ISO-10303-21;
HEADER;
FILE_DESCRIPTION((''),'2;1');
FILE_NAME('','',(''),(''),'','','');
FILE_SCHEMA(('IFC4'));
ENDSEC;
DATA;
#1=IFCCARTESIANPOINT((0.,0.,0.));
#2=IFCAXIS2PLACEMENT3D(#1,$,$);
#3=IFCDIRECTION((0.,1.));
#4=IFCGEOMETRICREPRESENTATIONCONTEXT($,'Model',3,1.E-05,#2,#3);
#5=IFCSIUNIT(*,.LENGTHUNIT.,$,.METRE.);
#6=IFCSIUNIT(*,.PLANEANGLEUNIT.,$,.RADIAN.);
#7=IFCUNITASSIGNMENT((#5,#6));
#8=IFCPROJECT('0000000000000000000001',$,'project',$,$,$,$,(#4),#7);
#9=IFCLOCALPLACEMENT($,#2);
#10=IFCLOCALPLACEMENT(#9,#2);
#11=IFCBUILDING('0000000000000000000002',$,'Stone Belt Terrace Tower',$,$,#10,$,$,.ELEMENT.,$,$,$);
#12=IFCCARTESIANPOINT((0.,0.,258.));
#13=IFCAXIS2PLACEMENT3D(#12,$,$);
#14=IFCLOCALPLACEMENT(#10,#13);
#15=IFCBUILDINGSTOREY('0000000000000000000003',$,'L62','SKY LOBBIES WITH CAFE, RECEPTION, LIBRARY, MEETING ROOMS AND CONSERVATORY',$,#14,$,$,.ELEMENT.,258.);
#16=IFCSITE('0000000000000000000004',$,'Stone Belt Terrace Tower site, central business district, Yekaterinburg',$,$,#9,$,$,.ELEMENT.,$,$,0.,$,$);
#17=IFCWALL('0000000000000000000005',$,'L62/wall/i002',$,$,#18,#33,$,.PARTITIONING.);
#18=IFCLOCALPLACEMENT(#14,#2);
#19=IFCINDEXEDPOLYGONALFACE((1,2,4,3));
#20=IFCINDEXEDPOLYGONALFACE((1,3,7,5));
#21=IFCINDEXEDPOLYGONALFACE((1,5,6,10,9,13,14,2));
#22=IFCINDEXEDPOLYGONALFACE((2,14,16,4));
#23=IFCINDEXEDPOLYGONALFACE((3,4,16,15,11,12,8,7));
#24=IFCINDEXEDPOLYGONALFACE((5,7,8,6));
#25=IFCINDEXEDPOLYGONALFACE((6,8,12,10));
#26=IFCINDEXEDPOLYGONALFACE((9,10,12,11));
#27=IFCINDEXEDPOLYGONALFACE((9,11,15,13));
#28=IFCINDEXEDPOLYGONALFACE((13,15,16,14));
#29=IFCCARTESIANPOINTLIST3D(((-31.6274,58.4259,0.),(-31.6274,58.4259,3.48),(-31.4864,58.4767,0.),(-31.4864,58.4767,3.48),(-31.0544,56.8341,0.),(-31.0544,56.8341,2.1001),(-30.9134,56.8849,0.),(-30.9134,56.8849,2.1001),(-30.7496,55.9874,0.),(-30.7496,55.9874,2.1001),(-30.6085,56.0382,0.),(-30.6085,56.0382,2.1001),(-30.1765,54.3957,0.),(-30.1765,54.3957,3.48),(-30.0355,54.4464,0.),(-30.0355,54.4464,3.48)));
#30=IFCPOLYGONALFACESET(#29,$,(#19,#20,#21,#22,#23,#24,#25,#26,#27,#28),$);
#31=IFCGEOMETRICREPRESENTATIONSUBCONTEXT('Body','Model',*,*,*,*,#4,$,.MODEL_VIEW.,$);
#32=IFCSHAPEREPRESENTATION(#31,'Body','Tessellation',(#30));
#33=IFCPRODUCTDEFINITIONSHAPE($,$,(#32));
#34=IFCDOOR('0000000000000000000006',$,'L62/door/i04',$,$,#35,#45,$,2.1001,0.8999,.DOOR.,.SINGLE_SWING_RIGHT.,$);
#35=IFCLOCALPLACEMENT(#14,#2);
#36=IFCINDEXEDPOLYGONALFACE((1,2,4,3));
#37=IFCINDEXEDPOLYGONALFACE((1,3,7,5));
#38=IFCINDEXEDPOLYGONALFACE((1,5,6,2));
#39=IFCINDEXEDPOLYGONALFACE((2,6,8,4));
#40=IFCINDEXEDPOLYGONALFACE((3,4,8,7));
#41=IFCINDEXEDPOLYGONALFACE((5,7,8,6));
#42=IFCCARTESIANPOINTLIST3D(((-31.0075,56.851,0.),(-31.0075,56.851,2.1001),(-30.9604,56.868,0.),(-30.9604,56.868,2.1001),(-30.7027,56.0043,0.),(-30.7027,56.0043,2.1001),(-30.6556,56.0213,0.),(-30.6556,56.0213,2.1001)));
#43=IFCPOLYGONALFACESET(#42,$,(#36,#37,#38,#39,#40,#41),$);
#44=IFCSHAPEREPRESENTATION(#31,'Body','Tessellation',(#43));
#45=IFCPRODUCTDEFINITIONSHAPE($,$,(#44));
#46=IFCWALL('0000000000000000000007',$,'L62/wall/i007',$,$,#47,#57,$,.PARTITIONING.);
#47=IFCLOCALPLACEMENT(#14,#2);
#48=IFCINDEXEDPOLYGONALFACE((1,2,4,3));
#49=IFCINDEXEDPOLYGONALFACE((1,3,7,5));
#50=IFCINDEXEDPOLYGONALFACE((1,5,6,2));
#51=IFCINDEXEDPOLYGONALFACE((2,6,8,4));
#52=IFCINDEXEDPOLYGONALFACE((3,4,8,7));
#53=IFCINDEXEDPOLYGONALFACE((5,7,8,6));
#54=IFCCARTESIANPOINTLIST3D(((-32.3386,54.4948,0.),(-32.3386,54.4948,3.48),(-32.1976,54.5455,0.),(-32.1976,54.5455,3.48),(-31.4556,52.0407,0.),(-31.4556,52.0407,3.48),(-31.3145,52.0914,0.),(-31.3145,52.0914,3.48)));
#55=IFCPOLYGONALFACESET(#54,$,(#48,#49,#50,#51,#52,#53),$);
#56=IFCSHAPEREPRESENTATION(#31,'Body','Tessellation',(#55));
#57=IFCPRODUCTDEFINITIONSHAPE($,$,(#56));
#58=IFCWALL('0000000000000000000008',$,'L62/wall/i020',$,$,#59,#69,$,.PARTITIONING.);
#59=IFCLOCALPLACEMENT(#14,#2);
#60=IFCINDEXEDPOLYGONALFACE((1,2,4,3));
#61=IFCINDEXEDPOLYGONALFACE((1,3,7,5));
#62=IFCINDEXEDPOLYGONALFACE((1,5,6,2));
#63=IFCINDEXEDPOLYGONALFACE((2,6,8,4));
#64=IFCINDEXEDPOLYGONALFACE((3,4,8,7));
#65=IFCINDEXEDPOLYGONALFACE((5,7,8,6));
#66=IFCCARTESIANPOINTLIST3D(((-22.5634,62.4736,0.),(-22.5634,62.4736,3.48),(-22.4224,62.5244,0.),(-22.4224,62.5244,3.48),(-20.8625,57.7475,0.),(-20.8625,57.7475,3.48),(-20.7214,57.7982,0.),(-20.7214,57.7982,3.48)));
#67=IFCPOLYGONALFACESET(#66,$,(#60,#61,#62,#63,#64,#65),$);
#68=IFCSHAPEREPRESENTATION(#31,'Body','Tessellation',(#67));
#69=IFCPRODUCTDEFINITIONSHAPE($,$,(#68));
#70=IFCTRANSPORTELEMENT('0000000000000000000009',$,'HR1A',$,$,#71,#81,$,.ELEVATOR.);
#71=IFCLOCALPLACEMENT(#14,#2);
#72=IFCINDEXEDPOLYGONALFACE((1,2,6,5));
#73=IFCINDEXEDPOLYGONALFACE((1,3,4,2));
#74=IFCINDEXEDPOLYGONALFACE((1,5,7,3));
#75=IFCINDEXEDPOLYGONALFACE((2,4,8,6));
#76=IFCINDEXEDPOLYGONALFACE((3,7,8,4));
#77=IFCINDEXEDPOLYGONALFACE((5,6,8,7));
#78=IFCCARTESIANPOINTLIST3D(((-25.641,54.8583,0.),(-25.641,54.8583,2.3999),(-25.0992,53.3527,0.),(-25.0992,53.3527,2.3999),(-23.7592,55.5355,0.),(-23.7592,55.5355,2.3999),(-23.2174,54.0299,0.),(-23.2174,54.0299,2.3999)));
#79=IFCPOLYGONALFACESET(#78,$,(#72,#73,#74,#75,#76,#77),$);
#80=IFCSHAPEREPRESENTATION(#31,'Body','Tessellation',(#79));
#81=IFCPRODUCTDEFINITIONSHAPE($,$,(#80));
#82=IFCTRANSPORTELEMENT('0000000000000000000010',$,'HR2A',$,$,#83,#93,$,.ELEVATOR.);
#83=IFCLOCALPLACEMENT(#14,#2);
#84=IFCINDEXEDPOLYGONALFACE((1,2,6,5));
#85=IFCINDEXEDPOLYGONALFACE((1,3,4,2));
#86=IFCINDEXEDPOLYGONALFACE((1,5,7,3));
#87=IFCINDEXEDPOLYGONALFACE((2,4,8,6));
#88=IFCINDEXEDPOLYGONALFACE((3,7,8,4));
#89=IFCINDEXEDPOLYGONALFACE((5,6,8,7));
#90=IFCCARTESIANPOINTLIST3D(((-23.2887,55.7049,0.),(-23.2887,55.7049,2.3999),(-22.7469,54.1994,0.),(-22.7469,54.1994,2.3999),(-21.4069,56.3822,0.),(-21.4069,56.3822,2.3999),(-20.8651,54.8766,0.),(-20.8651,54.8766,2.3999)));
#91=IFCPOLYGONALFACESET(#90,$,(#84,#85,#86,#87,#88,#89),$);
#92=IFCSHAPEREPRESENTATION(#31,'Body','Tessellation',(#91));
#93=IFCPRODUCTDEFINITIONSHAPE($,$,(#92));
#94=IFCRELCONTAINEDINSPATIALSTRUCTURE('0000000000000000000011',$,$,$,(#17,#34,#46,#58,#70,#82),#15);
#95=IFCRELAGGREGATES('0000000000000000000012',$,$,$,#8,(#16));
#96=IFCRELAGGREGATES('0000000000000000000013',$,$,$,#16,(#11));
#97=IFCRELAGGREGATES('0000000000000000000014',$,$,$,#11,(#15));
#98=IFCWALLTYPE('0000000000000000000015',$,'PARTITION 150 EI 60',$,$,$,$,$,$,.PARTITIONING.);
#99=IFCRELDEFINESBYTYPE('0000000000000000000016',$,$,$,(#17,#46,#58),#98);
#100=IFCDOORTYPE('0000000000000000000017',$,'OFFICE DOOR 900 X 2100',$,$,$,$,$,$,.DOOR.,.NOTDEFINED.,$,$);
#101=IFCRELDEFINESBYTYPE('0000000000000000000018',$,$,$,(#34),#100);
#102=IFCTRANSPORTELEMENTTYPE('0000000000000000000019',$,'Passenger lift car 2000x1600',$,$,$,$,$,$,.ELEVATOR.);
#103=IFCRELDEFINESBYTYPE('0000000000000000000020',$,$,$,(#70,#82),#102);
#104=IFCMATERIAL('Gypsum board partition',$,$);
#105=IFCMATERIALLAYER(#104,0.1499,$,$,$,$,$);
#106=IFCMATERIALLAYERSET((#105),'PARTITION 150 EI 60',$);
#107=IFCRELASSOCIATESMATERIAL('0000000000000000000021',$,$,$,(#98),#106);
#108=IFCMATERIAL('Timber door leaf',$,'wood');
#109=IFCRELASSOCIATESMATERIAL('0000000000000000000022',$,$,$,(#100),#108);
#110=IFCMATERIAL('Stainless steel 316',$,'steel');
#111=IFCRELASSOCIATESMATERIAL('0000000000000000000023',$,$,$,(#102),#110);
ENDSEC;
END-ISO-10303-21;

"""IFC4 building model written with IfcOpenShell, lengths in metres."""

from ifc_helpers import new_model, si_unit, direction, frame, frame_2d, origin, origin_2d, place, context, subcontext, project, spatial, rectangle, extrude, material, layer, layer_set, type_object, element, fill, save


model = new_model("IFC4")

# Units and contexts
model_context = context("Model", 3, precision=1e-05, world=origin(), true_north=direction((0.0, 1.0)))
body_context = subcontext(model_context, "Body", "Model", "MODEL_VIEW")
ifc_project = project(units=[si_unit("LENGTHUNIT", "METRE"), si_unit("PLANEANGLEUNIT", "RADIAN")], contexts=[model_context])

# Site, building, storey
site_placement = place(None, origin())
site = spatial("IfcSite", under=ifc_project, at=site_placement, Name="Stone Belt Terrace Tower site, central business district, Yekaterinburg", CompositionType="ELEMENT", RefElevation=0.0)
building_placement = place(site_placement, origin())
building = spatial("IfcBuilding", under=site, at=building_placement, Name="Stone Belt Terrace Tower", CompositionType="ELEMENT")
storey_placement = place(building_placement, frame((0.0, 0.0, 258.0)))
storey = spatial("IfcBuildingStorey", under=building, at=storey_placement, Name="L62", Description="SKY LOBBIES WITH CAFE, RECEPTION, LIBRARY, MEETING ROOMS AND CONSERVATORY", CompositionType="ELEMENT", Elevation=258.0)

# Wall, opening, door
ifc_material_1 = material(Name="Gypsum board partition")
ifc_layer_1 = layer(ifc_material_1, 0.1499)
ifc_layer_set_1 = layer_set([ifc_layer_1], Name="PARTITION 150 EI 60")
wall_type_1 = type_object("IfcWallType", Name="PARTITION 150 EI 60", PredefinedType="PARTITIONING", material=ifc_layer_set_1)
wall_1_placement = place(storey_placement, frame((-31.5569, 58.4512, 0.0), z_axis=(0.0, 0.0, 1.0), x_axis=(0.338726, -0.940885, 0.0)))
wall_1 = element("IfcWall", 1, at=wall_1_placement, inside=storey, type_object=wall_type_1, Name="L62/wall/i002", PredefinedType="PARTITIONING", context=body_context, shape_type="SweptSolid", body=[
    extrude(rectangle(XDim=4.2834, YDim=0.1499, at=frame_2d((2.1416, 0.0))), origin(), (0.0, 0.0, 1.0), 3.48),
])
opening_1_placement = place(wall_1_placement, frame((1.6917, 0.0, 0.0)))
opening_1 = element("IfcOpeningElement", 2, at=opening_1_placement, cuts=wall_1, PredefinedType="OPENING", context=body_context, shape_type="SweptSolid", body=[
    extrude(rectangle(XDim=0.8999, YDim=2.1001, at=frame_2d((0.45, 1.05))), frame((0.0, 0.085, 0.0), z_axis=(0.0, -1.0, 0.0), x_axis=(1.0, 0.0, 0.0)), (0.0, 0.0, 1.0), 0.1699),
])
ifc_material_2 = material(Name="Timber door leaf", Category="wood")
door_type_1 = type_object("IfcDoorType", Name="OFFICE DOOR 900 X 2100", OperationType="NOTDEFINED", PredefinedType="DOOR", material=ifc_material_2)
door_1_placement = place(opening_1_placement, origin())
door_1 = element("IfcDoor", 3, at=door_1_placement, inside=storey, type_object=door_type_1, Name="L62/door/i04", OperationType="SINGLE_SWING_RIGHT", OverallHeight=2.1001, OverallWidth=0.8999, PredefinedType="DOOR", context=body_context, shape_type="SweptSolid", body=[
    extrude(rectangle(XDim=0.8999, YDim=2.1001, at=frame_2d((0.45, 1.05))), frame((0.0, 0.0249, 0.0), z_axis=(0.0, -1.0, 0.0), x_axis=(1.0, 0.0, 0.0)), (0.0, 0.0, 1.0), 0.05),
])
fill(opening_1, door_1)

# Walls
wall_2_placement = place(storey_placement, frame((-31.385, 52.0659, 0.0), z_axis=(0.0, 0.0, 1.0), x_axis=(-0.338577, 0.940939, 0.0)))
element("IfcWall", 4, at=wall_2_placement, inside=storey, type_object=wall_type_1, Name="L62/wall/i007", PredefinedType="PARTITIONING", context=body_context, shape_type="SweptSolid", body=[
    extrude(rectangle(XDim=2.6082, YDim=0.1499, at=frame_2d((1.3042, 0.0))), origin(), (0.0, 0.0, 1.0), 3.48),
])
wall_3_placement = place(storey_placement, frame((-22.4929, 62.499, 0.0), z_axis=(0.0, 0.0, 1.0), x_axis=(0.338639, -0.940917, 0.0)))
element("IfcWall", 5, at=wall_3_placement, inside=storey, type_object=wall_type_1, Name="L62/wall/i020", PredefinedType="PARTITIONING", context=body_context, shape_type="SweptSolid", body=[
    extrude(rectangle(XDim=5.0229, YDim=0.1499, at=frame_2d((2.5115, 0.0))), origin(), (0.0, 0.0, 1.0), 3.48),
])

# Transport elements
ifc_material_3 = material(Name="Stainless steel 316", Category="steel")
transport_element_type = type_object("IfcTransportElementType", Name="Passenger lift car 2000x1600", PredefinedType="ELEVATOR", material=ifc_material_3)
for number, where, z_axis, x_axis, name in (
    (6, (-24.4292, 54.4441, 0.0), (0.0, 0.0, 1.0), (0.940922, 0.338625, 0.0), "HR1A"),
    (7, (-22.0769, 55.2908, 0.0), (0.0, 0.0, 1.0), (0.940922, 0.338625, 0.0), "HR2A"),
):
    element("IfcTransportElement", number, at=place(storey_placement, frame(where, z_axis=z_axis, x_axis=x_axis)), inside=storey, type_object=transport_element_type, Name=name, PredefinedType="ELEVATOR", context=body_context, shape_type="SweptSolid", body=[
        extrude(rectangle(XDim=2.0, YDim=1.6001, at=origin_2d()), origin(), (0.0, 0.0, 1.0), 2.3999),
    ])

save(model, "model.ifc")
